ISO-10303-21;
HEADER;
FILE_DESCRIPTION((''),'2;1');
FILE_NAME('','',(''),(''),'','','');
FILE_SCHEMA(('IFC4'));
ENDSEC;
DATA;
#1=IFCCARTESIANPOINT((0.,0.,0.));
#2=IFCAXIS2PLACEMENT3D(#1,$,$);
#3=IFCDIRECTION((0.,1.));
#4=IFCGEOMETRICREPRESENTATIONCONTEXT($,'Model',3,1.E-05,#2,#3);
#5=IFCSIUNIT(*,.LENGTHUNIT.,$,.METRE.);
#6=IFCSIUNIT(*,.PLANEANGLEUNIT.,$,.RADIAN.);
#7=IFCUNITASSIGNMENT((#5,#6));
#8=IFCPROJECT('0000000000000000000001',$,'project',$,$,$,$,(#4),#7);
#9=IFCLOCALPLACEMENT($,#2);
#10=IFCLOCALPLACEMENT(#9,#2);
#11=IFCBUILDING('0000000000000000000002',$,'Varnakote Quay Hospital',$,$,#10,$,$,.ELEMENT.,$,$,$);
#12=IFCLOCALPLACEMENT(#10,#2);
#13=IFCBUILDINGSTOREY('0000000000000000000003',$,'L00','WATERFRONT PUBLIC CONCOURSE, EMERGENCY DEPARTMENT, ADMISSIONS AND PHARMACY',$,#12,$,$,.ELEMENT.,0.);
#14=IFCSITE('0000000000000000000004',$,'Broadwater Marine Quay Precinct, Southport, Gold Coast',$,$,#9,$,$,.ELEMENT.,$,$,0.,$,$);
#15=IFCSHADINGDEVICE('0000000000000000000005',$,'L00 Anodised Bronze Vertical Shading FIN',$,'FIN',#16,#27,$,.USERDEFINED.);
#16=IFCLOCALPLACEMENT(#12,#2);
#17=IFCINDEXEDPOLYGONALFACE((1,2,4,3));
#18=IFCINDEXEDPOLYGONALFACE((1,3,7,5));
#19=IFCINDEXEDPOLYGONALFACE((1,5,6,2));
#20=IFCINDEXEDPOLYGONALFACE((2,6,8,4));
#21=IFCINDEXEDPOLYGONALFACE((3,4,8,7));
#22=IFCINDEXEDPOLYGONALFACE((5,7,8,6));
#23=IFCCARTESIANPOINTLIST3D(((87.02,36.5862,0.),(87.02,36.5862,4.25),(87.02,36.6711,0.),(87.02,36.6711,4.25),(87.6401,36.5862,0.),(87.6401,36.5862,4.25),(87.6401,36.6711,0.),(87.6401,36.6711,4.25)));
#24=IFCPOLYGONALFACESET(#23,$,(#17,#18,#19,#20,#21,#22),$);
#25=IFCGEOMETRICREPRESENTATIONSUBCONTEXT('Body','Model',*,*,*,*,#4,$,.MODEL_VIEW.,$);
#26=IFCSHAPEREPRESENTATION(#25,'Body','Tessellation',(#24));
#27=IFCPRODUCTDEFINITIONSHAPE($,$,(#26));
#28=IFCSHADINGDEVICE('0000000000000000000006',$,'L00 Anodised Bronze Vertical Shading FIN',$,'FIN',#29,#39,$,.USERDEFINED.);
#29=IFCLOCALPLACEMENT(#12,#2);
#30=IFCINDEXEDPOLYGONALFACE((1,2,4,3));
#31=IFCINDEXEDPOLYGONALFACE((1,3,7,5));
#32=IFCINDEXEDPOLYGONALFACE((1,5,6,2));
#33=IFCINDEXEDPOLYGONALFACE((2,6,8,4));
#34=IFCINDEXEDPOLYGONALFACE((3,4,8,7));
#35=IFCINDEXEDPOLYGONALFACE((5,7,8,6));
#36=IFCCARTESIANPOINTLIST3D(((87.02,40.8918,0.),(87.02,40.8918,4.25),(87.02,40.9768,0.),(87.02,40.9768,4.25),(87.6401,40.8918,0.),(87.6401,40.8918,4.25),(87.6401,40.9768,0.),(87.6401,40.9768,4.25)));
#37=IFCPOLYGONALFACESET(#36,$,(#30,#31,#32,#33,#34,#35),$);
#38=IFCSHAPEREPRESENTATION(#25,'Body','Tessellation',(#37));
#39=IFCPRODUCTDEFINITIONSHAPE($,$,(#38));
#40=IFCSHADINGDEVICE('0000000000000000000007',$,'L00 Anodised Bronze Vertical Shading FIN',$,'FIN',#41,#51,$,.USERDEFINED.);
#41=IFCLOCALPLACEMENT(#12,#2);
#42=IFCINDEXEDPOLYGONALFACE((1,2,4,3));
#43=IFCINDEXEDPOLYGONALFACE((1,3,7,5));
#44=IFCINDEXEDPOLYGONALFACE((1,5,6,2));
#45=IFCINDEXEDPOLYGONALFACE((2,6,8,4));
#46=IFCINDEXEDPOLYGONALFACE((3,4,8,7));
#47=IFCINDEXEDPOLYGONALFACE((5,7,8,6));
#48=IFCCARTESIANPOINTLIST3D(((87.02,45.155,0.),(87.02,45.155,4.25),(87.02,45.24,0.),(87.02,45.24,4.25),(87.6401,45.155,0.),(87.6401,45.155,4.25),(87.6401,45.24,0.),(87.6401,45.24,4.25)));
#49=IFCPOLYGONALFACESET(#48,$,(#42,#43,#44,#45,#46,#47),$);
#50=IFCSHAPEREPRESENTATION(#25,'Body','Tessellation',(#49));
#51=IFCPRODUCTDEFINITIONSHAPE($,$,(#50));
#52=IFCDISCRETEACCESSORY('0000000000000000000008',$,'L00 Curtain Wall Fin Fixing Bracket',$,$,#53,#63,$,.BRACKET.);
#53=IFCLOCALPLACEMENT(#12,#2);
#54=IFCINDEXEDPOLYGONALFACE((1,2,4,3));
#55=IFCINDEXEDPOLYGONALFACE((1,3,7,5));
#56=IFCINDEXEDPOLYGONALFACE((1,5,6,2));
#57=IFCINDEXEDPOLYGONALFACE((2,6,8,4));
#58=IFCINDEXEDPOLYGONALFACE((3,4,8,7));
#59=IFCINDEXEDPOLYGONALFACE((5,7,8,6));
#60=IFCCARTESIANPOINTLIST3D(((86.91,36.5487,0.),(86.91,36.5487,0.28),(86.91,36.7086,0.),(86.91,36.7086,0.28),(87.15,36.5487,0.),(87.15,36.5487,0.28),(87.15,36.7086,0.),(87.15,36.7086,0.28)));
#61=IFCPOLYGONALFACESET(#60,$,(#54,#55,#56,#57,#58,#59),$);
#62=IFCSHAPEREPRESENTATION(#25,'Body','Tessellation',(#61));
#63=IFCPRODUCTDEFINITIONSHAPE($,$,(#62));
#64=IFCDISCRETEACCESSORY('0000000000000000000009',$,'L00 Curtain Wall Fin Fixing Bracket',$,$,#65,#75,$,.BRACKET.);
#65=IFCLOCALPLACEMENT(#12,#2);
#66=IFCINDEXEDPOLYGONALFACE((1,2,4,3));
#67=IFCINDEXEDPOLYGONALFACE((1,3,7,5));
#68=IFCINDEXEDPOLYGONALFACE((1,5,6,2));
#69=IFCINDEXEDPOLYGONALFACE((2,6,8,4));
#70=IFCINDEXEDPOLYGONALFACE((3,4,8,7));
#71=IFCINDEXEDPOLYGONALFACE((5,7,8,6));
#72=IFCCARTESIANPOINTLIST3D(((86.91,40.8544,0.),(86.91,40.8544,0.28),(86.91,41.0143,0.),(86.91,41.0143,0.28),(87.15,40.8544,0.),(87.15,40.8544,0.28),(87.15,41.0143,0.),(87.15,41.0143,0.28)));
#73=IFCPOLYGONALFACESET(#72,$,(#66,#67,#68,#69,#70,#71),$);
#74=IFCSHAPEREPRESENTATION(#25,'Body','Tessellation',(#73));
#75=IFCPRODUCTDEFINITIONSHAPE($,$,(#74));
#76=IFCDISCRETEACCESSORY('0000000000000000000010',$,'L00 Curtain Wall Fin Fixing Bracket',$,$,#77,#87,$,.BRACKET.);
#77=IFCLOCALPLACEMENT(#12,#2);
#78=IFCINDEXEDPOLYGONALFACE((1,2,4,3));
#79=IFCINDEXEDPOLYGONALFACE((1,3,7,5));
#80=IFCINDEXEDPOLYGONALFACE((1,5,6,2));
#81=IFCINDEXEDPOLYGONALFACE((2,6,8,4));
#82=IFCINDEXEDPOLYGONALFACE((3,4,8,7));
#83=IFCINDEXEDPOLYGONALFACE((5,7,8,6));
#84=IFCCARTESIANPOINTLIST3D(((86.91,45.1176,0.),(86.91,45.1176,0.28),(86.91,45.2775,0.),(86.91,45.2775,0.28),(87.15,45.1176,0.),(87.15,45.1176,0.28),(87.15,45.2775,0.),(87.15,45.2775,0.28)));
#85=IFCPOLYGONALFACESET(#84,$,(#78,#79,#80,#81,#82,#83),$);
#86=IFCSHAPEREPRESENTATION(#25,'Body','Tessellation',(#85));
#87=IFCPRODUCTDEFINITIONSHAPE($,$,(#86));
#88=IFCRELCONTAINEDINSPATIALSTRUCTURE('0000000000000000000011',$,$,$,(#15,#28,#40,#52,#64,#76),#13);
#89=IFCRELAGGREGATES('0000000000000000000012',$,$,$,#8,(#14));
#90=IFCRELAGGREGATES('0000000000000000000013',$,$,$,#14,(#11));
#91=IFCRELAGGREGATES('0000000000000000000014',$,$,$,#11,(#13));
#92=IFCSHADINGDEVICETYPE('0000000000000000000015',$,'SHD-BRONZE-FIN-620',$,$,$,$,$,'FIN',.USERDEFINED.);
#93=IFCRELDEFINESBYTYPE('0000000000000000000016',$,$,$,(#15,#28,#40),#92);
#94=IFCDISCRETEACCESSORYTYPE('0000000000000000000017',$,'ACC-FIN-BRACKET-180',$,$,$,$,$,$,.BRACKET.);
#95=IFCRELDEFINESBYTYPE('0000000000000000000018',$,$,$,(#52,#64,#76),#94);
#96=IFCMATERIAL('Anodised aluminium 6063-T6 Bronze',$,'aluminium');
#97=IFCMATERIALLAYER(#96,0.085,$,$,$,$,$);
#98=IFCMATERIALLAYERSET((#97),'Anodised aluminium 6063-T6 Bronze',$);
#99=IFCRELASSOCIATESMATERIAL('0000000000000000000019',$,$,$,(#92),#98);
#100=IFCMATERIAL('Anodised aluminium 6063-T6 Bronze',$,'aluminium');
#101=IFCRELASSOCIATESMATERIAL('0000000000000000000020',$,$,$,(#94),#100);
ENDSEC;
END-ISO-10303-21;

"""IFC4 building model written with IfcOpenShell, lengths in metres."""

from ifc_helpers import new_model, si_unit, direction, frame, origin, origin_2d, place, context, subcontext, project, spatial, rectangle, extrude, material, layer, layer_set, type_object, element, save


model = new_model("IFC4")

# Units and contexts
model_context = context("Model", 3, precision=1e-05, world=origin(), true_north=direction((0.0, 1.0)))
body_context = subcontext(model_context, "Body", "Model", "MODEL_VIEW")
ifc_project = project(units=[si_unit("LENGTHUNIT", "METRE"), si_unit("PLANEANGLEUNIT", "RADIAN")], contexts=[model_context])

# Site, building, storey
site_placement = place(None, origin())
site = spatial("IfcSite", under=ifc_project, at=site_placement, Name="Broadwater Marine Quay Precinct, Southport, Gold Coast", CompositionType="ELEMENT", RefElevation=0.0)
building_placement = place(site_placement, origin())
building = spatial("IfcBuilding", under=site, at=building_placement, Name="Varnakote Quay Hospital", CompositionType="ELEMENT")
storey_placement = place(building_placement, origin())
storey = spatial("IfcBuildingStorey", under=building, at=storey_placement, Name="L00", Description="WATERFRONT PUBLIC CONCOURSE, EMERGENCY DEPARTMENT, ADMISSIONS AND PHARMACY", CompositionType="ELEMENT", Elevation=0.0)

# Shading devices
ifc_material_1 = material(Name="Anodised aluminium 6063-T6 Bronze", Category="aluminium")
ifc_layer_1 = layer(ifc_material_1, 0.085)
ifc_layer_set_1 = layer_set([ifc_layer_1], Name="Anodised aluminium 6063-T6 Bronze")
shading_device_type = type_object("IfcShadingDeviceType", Name="SHD-BRONZE-FIN-620", ElementType="FIN", PredefinedType="USERDEFINED", material=ifc_layer_set_1)
for number, where, z_axis, x_axis, name in (
    (1, (87.3301, 36.6287, 0.0), (0.0, 0.0, 1.0), (-1.0, 0.0, 0.0), "L00 Anodised Bronze Vertical Shading FIN"),
    (2, (87.3301, 40.9343, 0.0), (0.0, 0.0, 1.0), (-1.0, 0.0, 0.0), "L00 Anodised Bronze Vertical Shading FIN"),
    (3, (87.3301, 45.1975, 0.0), (0.0, 0.0, 1.0), (-1.0, 0.0, 0.0), "L00 Anodised Bronze Vertical Shading FIN"),
):
    element("IfcShadingDevice", number, at=place(storey_placement, frame(where, z_axis=z_axis, x_axis=x_axis)), inside=storey, type_object=shading_device_type, Name=name, ObjectType="FIN", PredefinedType="USERDEFINED", context=body_context, shape_type="SweptSolid", body=[
        extrude(rectangle(XDim=0.6201, YDim=0.085, at=origin_2d()), origin(), (0.0, 0.0, 1.0), 4.25),
    ])

# Discrete accessories
ifc_material_2 = material(Name="Anodised aluminium 6063-T6 Bronze", Category="aluminium")
discrete_accessory_type = type_object("IfcDiscreteAccessoryType", Name="ACC-FIN-BRACKET-180", PredefinedType="BRACKET", material=ifc_material_2)
for number, where, z_axis, x_axis, name in (
    (4, (87.03, 36.6287, 0.0), (0.0, 0.0, 1.0), (0.0, 1.0, 0.0), "L00 Curtain Wall Fin Fixing Bracket"),
    (5, (87.03, 40.9343, 0.0), (0.0, 0.0, 1.0), (0.0, 1.0, 0.0), "L00 Curtain Wall Fin Fixing Bracket"),
    (6, (87.03, 45.1975, 0.0), (0.0, 0.0, 1.0), (0.0, 1.0, 0.0), "L00 Curtain Wall Fin Fixing Bracket"),
):
    element("IfcDiscreteAccessory", number, at=place(storey_placement, frame(where, z_axis=z_axis, x_axis=x_axis)), inside=storey, type_object=discrete_accessory_type, Name=name, PredefinedType="BRACKET", context=body_context, shape_type="SweptSolid", body=[
        extrude(rectangle(XDim=0.1599, YDim=0.24, at=origin_2d()), origin(), (0.0, 0.0, 1.0), 0.28),
    ])

save(model, "model.ifc")
